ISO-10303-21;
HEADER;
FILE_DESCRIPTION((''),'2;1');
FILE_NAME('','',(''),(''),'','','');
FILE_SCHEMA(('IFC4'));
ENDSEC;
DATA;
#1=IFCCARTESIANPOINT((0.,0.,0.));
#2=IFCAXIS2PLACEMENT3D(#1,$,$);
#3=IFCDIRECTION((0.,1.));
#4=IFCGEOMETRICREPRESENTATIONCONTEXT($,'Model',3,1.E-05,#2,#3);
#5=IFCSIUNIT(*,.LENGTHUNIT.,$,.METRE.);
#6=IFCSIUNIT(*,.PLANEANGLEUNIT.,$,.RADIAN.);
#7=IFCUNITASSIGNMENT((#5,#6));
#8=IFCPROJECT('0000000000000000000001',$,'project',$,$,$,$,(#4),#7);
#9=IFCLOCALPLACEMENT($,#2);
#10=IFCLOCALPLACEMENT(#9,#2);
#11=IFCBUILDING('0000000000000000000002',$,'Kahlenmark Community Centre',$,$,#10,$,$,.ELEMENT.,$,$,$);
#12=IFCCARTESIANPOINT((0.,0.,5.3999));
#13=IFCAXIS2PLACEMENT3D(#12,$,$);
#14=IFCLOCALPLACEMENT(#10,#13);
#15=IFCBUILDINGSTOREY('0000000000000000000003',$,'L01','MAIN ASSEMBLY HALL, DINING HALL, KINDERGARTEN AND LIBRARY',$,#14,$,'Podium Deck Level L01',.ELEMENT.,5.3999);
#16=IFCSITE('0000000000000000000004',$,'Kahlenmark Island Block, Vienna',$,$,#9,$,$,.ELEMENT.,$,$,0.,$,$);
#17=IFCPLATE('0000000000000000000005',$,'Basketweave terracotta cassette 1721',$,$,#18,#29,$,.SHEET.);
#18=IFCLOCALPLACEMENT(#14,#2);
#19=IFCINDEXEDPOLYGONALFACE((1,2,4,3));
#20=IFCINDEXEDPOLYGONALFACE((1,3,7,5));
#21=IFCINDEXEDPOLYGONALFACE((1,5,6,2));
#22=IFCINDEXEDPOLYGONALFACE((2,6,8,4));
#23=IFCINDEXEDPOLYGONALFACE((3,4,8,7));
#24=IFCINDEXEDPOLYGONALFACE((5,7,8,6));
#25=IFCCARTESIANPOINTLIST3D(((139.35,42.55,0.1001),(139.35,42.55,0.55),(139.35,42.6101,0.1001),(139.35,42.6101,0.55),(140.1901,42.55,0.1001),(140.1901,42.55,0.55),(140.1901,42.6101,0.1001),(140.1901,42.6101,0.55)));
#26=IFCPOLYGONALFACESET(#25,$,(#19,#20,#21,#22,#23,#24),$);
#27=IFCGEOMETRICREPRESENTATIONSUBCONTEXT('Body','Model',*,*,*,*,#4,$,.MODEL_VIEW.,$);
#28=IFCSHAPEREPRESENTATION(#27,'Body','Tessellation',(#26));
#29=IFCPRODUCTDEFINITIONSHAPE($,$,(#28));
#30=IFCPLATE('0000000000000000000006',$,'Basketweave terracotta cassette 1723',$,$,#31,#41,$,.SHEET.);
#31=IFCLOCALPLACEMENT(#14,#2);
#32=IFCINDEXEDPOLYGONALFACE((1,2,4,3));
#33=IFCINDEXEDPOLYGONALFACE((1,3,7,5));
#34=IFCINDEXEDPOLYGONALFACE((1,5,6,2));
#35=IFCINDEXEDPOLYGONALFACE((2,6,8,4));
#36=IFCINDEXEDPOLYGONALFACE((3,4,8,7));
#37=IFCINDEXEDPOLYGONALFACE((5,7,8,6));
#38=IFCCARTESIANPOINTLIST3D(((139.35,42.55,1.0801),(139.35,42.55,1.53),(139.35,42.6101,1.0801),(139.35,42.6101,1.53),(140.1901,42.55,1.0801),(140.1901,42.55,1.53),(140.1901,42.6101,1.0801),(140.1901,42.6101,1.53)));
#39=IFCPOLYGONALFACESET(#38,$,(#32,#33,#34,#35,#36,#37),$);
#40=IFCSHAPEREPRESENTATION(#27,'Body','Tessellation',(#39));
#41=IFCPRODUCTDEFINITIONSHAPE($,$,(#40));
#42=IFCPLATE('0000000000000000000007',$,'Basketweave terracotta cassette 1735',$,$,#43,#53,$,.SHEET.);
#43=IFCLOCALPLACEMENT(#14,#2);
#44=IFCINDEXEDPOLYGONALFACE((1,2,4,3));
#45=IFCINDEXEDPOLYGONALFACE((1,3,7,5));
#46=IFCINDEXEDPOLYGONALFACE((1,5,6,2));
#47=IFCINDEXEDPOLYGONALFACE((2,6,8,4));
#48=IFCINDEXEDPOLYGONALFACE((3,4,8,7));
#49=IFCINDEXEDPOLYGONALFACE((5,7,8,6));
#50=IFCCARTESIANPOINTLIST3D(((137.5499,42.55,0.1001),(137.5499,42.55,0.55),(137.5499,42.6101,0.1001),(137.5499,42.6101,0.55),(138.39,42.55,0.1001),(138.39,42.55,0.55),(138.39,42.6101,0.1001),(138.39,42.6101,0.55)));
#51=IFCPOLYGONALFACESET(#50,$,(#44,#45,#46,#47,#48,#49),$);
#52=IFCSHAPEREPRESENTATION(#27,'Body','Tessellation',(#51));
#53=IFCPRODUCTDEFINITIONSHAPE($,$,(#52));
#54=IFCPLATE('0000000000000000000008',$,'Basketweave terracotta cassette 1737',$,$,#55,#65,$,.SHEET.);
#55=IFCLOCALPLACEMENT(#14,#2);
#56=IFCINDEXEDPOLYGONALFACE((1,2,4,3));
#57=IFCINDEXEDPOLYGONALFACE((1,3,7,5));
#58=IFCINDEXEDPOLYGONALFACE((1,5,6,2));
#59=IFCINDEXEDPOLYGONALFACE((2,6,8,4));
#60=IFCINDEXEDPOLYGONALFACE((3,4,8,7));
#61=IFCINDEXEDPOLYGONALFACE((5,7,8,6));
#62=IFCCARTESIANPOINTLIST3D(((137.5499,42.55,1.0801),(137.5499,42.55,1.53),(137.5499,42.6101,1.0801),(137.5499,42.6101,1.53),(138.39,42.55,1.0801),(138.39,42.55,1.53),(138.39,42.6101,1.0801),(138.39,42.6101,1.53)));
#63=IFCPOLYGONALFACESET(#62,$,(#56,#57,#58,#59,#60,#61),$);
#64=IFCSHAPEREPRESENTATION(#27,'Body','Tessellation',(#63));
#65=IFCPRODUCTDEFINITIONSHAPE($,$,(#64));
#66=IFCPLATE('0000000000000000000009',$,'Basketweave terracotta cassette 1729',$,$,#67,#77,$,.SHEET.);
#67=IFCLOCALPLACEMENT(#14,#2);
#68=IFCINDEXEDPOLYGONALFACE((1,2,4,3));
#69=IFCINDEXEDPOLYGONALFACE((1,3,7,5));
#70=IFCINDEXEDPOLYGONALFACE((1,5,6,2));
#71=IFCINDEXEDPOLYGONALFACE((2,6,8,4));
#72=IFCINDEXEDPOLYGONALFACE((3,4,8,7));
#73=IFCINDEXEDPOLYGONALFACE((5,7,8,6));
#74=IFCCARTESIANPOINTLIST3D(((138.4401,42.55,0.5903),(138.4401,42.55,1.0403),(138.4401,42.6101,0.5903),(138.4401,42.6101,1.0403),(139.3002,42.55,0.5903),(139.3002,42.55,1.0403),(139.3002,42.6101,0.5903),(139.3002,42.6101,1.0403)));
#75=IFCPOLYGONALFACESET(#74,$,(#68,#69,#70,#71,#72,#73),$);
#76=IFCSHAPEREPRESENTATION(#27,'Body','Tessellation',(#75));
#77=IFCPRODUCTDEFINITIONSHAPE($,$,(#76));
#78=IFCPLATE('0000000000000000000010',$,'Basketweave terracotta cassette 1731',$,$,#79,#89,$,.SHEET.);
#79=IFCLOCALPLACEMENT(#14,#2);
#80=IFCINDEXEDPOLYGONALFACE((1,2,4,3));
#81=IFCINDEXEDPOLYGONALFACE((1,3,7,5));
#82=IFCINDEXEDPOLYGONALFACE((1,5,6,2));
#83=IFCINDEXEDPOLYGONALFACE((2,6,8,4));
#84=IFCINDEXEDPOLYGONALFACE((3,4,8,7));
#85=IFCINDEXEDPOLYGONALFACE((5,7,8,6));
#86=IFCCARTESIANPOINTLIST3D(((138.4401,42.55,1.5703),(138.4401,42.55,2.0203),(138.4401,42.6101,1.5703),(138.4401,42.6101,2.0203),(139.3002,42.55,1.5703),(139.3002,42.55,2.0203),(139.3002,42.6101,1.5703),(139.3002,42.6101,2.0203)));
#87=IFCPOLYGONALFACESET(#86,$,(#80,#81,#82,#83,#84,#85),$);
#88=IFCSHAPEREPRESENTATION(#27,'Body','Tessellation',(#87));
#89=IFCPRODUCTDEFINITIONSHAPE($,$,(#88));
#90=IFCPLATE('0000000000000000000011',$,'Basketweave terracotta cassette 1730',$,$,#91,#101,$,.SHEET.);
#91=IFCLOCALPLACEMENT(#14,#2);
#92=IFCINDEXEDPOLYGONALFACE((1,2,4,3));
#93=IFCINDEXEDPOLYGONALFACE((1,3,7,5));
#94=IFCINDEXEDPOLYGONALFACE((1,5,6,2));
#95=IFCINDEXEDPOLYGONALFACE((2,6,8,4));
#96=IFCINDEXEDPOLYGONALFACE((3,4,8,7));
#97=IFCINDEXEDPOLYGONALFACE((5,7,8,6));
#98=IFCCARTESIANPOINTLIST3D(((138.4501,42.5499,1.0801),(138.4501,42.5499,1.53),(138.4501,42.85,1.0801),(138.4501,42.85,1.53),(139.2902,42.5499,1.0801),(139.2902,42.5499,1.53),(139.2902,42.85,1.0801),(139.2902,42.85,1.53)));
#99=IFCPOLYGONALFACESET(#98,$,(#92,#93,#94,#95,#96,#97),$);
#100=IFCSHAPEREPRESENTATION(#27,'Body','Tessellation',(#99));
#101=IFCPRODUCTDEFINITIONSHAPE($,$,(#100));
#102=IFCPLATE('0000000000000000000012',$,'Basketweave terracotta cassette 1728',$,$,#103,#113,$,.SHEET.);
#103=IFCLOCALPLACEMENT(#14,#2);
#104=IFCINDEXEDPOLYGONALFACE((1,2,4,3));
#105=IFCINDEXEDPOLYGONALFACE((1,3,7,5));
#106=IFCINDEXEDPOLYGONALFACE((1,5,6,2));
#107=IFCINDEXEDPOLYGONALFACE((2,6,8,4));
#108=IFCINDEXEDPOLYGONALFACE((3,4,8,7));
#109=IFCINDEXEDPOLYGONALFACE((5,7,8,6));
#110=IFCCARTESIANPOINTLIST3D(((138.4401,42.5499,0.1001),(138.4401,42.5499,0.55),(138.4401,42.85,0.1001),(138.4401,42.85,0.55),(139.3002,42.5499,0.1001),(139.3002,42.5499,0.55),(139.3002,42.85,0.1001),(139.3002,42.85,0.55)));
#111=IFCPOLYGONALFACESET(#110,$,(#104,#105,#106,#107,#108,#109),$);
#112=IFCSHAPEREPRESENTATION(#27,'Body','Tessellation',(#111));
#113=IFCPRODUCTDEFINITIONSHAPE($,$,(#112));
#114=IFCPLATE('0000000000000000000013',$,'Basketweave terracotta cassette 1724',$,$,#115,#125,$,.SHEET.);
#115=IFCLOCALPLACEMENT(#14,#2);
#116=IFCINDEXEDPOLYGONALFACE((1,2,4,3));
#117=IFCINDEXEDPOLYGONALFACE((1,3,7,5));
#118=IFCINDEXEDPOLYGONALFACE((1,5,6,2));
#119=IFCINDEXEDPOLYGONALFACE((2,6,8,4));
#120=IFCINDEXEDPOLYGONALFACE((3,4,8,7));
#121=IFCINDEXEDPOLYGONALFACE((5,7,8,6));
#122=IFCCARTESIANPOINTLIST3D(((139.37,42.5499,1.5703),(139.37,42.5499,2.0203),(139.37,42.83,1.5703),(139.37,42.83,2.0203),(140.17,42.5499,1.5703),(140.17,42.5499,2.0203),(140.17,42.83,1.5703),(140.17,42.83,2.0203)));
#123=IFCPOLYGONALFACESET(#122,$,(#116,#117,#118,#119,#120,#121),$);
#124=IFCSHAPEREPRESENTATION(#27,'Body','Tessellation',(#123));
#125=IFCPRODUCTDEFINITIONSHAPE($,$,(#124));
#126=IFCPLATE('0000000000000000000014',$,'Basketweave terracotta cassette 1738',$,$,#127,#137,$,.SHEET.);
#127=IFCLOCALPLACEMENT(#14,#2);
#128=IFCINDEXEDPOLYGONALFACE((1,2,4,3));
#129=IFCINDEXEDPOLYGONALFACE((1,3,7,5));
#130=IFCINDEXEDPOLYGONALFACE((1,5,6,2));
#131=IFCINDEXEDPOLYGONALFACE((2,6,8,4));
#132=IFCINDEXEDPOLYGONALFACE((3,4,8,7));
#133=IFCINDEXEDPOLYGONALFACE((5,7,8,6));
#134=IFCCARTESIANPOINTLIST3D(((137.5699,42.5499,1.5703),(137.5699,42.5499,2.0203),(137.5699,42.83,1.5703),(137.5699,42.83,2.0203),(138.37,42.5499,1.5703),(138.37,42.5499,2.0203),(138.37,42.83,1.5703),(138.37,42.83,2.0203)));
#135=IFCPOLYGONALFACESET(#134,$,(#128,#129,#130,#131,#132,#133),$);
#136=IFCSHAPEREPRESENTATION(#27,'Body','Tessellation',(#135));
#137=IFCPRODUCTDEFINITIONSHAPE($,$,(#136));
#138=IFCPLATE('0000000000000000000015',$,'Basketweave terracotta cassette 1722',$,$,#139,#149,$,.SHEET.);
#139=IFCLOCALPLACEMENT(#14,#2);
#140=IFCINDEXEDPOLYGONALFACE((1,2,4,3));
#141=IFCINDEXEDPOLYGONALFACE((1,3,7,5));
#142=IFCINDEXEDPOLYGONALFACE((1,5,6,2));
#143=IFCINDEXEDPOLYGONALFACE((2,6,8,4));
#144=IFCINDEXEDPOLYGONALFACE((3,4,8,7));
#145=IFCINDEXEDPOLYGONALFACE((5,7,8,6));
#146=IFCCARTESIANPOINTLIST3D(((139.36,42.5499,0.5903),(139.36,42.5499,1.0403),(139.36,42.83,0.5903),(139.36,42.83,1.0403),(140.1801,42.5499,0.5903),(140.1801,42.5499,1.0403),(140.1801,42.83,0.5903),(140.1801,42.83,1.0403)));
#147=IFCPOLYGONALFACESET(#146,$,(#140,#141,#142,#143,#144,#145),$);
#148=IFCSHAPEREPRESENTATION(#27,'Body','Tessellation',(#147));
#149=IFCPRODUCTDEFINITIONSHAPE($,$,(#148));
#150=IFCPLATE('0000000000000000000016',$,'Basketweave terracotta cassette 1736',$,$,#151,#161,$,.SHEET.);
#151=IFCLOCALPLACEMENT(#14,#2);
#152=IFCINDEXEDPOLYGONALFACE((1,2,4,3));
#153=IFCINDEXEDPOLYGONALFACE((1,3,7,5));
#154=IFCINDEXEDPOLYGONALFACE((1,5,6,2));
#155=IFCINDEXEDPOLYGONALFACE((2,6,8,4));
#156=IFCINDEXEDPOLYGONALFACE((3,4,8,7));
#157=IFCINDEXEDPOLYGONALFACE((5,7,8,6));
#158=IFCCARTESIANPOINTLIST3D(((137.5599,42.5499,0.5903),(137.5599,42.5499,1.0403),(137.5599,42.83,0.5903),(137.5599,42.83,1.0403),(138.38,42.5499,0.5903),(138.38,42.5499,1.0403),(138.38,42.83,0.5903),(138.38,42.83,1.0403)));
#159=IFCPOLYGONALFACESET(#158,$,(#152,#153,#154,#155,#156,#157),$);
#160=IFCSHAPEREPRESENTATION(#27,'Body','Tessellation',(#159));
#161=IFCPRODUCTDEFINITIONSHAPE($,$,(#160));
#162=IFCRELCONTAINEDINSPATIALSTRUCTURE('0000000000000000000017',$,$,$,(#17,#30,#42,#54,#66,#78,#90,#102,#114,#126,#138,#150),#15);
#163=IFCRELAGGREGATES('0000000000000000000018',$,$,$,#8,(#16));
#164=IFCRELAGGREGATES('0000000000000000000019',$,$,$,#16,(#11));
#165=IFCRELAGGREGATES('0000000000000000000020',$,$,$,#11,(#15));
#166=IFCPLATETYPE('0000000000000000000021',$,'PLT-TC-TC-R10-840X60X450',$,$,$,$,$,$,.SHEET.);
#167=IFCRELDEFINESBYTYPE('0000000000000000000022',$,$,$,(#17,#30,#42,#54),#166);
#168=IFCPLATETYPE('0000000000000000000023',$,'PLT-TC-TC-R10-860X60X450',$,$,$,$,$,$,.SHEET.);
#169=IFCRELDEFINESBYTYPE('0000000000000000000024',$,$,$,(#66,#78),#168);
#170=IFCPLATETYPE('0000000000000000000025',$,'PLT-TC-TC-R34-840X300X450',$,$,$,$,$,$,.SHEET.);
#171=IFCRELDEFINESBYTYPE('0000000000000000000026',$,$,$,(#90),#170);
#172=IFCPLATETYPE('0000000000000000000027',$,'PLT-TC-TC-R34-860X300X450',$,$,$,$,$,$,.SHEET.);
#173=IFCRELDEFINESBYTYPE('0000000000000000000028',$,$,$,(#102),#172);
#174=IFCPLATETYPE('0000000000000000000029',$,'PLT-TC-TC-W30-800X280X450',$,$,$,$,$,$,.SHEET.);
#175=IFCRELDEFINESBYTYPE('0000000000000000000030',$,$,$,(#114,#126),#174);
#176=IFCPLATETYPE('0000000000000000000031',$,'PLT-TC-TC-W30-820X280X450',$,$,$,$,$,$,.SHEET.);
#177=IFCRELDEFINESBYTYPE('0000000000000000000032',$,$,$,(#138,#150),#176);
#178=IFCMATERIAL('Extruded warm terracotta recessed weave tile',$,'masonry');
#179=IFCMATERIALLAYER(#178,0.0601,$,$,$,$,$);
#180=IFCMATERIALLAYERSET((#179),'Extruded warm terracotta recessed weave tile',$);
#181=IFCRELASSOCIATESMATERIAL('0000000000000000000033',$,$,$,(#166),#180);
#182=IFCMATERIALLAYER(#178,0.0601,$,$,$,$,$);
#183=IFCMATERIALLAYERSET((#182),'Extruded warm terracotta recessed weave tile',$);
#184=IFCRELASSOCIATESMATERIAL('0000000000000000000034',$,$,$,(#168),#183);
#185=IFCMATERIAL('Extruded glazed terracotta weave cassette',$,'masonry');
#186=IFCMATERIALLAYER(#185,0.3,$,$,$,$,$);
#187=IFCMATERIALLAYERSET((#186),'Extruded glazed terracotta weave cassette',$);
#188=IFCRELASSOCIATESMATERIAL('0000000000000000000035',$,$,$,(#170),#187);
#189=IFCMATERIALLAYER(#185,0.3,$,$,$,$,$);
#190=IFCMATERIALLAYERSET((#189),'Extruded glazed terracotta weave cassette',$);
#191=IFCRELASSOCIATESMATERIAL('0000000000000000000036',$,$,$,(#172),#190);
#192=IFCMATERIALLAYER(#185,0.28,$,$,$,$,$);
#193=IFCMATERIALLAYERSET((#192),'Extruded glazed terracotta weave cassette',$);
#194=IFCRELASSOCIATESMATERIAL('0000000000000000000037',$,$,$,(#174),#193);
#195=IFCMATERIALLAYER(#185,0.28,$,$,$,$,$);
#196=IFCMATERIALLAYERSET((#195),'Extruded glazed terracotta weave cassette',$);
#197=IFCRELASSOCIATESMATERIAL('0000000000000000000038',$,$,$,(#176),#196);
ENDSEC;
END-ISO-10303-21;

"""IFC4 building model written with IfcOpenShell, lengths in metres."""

from ifc_helpers import new_model, si_unit, direction, frame, origin, origin_2d, place, context, subcontext, project, spatial, rectangle, extrude, material, layer, layer_set, type_object, element, save


model = new_model("IFC4")

# Units and contexts
model_context = context("Model", 3, precision=1e-05, world=origin(), true_north=direction((0.0, 1.0)))
body_context = subcontext(model_context, "Body", "Model", "MODEL_VIEW")
ifc_project = project(units=[si_unit("LENGTHUNIT", "METRE"), si_unit("PLANEANGLEUNIT", "RADIAN")], contexts=[model_context])

# Site, building, storey
site_placement = place(None, origin())
site = spatial("IfcSite", under=ifc_project, at=site_placement, Name="Kahlenmark Island Block, Vienna", CompositionType="ELEMENT", RefElevation=0.0)
building_placement = place(site_placement, origin())
building = spatial("IfcBuilding", under=site, at=building_placement, Name="Kahlenmark Community Centre", CompositionType="ELEMENT")
storey_placement = place(building_placement, frame((0.0, 0.0, 5.3999)))
storey = spatial("IfcBuildingStorey", under=building, at=storey_placement, Name="L01", Description="MAIN ASSEMBLY HALL, DINING HALL, KINDERGARTEN AND LIBRARY", LongName="Podium Deck Level L01", CompositionType="ELEMENT", Elevation=5.3999)

# Plates
ifc_material_1 = material(Name="Extruded warm terracotta recessed weave tile", Category="masonry")
ifc_layer_1 = layer(ifc_material_1, 0.0601)
ifc_layer_set_1 = layer_set([ifc_layer_1], Name="Extruded warm terracotta recessed weave tile")
plate_type_1 = type_object("IfcPlateType", Name="PLT-TC-TC-R10-840X60X450", PredefinedType="SHEET", material=ifc_layer_set_1)
for number, where, z_axis, x_axis, name in (
    (1, (139.77, 42.5801, 0.1001), (0.0, 0.0, 1.0), (-1.0, 0.0, 0.0), "Basketweave terracotta cassette 1721"),
    (2, (139.77, 42.5801, 1.0801), (0.0, 0.0, 1.0), (-1.0, 0.0, 0.0), "Basketweave terracotta cassette 1723"),
    (3, (137.97, 42.5801, 0.1001), (0.0, 0.0, 1.0), (-1.0, 0.0, 0.0), "Basketweave terracotta cassette 1735"),
    (4, (137.97, 42.5801, 1.0801), (0.0, 0.0, 1.0), (-1.0, 0.0, 0.0), "Basketweave terracotta cassette 1737"),
):
    element("IfcPlate", number, at=place(storey_placement, frame(where, z_axis=z_axis, x_axis=x_axis)), inside=storey, type_object=plate_type_1, Name=name, PredefinedType="SHEET", context=body_context, shape_type="SweptSolid", body=[
        extrude(rectangle(XDim=0.8401, YDim=0.0601, at=origin_2d()), origin(), (0.0, 0.0, 1.0), 0.45),
    ])
ifc_layer_2 = layer(ifc_material_1, 0.0601)
ifc_layer_set_2 = layer_set([ifc_layer_2], Name="Extruded warm terracotta recessed weave tile")
plate_type_2 = type_object("IfcPlateType", Name="PLT-TC-TC-R10-860X60X450", PredefinedType="SHEET", material=ifc_layer_set_2)
for number, where, z_axis, x_axis, name in (
    (5, (138.8701, 42.5801, 0.5903), (0.0, 0.0, 1.0), (-1.0, 0.0, 0.0), "Basketweave terracotta cassette 1729"),
    (6, (138.8701, 42.5801, 1.5703), (0.0, 0.0, 1.0), (-1.0, 0.0, 0.0), "Basketweave terracotta cassette 1731"),
):
    element("IfcPlate", number, at=place(storey_placement, frame(where, z_axis=z_axis, x_axis=x_axis)), inside=storey, type_object=plate_type_2, Name=name, PredefinedType="SHEET", context=body_context, shape_type="SweptSolid", body=[
        extrude(rectangle(XDim=0.8601, YDim=0.0601, at=origin_2d()), origin(), (0.0, 0.0, 1.0), 0.45),
    ])
ifc_material_2 = material(Name="Extruded glazed terracotta weave cassette", Category="masonry")
ifc_layer_3 = layer(ifc_material_2, 0.3)
ifc_layer_set_3 = layer_set([ifc_layer_3], Name="Extruded glazed terracotta weave cassette")
plate_type_3 = type_object("IfcPlateType", Name="PLT-TC-TC-R34-840X300X450", PredefinedType="SHEET", material=ifc_layer_set_3)
plate_1_placement = place(storey_placement, frame((138.8701, 42.7, 1.0801), z_axis=(0.0, 0.0, 1.0), x_axis=(-1.0, 0.0, 0.0)))
element("IfcPlate", 7, at=plate_1_placement, inside=storey, type_object=plate_type_3, Name="Basketweave terracotta cassette 1730", PredefinedType="SHEET", context=body_context, shape_type="SweptSolid", body=[
    extrude(rectangle(XDim=0.8401, YDim=0.3, at=origin_2d()), origin(), (0.0, 0.0, 1.0), 0.45),
])
ifc_layer_4 = layer(ifc_material_2, 0.3)
ifc_layer_set_4 = layer_set([ifc_layer_4], Name="Extruded glazed terracotta weave cassette")
plate_type_4 = type_object("IfcPlateType", Name="PLT-TC-TC-R34-860X300X450", PredefinedType="SHEET", material=ifc_layer_set_4)
plate_2_placement = place(storey_placement, frame((138.8701, 42.7, 0.1001), z_axis=(0.0, 0.0, 1.0), x_axis=(-1.0, 0.0, 0.0)))
element("IfcPlate", 8, at=plate_2_placement, inside=storey, type_object=plate_type_4, Name="Basketweave terracotta cassette 1728", PredefinedType="SHEET", context=body_context, shape_type="SweptSolid", body=[
    extrude(rectangle(XDim=0.8601, YDim=0.3, at=origin_2d()), origin(), (0.0, 0.0, 1.0), 0.45),
])
ifc_layer_5 = layer(ifc_material_2, 0.28)
ifc_layer_set_5 = layer_set([ifc_layer_5], Name="Extruded glazed terracotta weave cassette")
plate_type_5 = type_object("IfcPlateType", Name="PLT-TC-TC-W30-800X280X450", PredefinedType="SHEET", material=ifc_layer_set_5)
for number, where, z_axis, x_axis, name in (
    (9, (139.77, 42.6899, 1.5703), (0.0, 0.0, 1.0), (-1.0, 0.0, 0.0), "Basketweave terracotta cassette 1724"),
    (10, (137.97, 42.6899, 1.5703), (0.0, 0.0, 1.0), (-1.0, 0.0, 0.0), "Basketweave terracotta cassette 1738"),
):
    element("IfcPlate", number, at=place(storey_placement, frame(where, z_axis=z_axis, x_axis=x_axis)), inside=storey, type_object=plate_type_5, Name=name, PredefinedType="SHEET", context=body_context, shape_type="SweptSolid", body=[
        extrude(rectangle(XDim=0.8, YDim=0.28, at=origin_2d()), origin(), (0.0, 0.0, 1.0), 0.45),
    ])
ifc_layer_6 = layer(ifc_material_2, 0.28)
ifc_layer_set_6 = layer_set([ifc_layer_6], Name="Extruded glazed terracotta weave cassette")
plate_type_6 = type_object("IfcPlateType", Name="PLT-TC-TC-W30-820X280X450", PredefinedType="SHEET", material=ifc_layer_set_6)
for number, where, z_axis, x_axis, name in (
    (11, (139.77, 42.6899, 0.5903), (0.0, 0.0, 1.0), (-1.0, 0.0, 0.0), "Basketweave terracotta cassette 1722"),
    (12, (137.97, 42.6899, 0.5903), (0.0, 0.0, 1.0), (-1.0, 0.0, 0.0), "Basketweave terracotta cassette 1736"),
):
    element("IfcPlate", number, at=place(storey_placement, frame(where, z_axis=z_axis, x_axis=x_axis)), inside=storey, type_object=plate_type_6, Name=name, PredefinedType="SHEET", context=body_context, shape_type="SweptSolid", body=[
        extrude(rectangle(XDim=0.8201, YDim=0.28, at=origin_2d()), origin(), (0.0, 0.0, 1.0), 0.45),
    ])

save(model, "model.ifc")
